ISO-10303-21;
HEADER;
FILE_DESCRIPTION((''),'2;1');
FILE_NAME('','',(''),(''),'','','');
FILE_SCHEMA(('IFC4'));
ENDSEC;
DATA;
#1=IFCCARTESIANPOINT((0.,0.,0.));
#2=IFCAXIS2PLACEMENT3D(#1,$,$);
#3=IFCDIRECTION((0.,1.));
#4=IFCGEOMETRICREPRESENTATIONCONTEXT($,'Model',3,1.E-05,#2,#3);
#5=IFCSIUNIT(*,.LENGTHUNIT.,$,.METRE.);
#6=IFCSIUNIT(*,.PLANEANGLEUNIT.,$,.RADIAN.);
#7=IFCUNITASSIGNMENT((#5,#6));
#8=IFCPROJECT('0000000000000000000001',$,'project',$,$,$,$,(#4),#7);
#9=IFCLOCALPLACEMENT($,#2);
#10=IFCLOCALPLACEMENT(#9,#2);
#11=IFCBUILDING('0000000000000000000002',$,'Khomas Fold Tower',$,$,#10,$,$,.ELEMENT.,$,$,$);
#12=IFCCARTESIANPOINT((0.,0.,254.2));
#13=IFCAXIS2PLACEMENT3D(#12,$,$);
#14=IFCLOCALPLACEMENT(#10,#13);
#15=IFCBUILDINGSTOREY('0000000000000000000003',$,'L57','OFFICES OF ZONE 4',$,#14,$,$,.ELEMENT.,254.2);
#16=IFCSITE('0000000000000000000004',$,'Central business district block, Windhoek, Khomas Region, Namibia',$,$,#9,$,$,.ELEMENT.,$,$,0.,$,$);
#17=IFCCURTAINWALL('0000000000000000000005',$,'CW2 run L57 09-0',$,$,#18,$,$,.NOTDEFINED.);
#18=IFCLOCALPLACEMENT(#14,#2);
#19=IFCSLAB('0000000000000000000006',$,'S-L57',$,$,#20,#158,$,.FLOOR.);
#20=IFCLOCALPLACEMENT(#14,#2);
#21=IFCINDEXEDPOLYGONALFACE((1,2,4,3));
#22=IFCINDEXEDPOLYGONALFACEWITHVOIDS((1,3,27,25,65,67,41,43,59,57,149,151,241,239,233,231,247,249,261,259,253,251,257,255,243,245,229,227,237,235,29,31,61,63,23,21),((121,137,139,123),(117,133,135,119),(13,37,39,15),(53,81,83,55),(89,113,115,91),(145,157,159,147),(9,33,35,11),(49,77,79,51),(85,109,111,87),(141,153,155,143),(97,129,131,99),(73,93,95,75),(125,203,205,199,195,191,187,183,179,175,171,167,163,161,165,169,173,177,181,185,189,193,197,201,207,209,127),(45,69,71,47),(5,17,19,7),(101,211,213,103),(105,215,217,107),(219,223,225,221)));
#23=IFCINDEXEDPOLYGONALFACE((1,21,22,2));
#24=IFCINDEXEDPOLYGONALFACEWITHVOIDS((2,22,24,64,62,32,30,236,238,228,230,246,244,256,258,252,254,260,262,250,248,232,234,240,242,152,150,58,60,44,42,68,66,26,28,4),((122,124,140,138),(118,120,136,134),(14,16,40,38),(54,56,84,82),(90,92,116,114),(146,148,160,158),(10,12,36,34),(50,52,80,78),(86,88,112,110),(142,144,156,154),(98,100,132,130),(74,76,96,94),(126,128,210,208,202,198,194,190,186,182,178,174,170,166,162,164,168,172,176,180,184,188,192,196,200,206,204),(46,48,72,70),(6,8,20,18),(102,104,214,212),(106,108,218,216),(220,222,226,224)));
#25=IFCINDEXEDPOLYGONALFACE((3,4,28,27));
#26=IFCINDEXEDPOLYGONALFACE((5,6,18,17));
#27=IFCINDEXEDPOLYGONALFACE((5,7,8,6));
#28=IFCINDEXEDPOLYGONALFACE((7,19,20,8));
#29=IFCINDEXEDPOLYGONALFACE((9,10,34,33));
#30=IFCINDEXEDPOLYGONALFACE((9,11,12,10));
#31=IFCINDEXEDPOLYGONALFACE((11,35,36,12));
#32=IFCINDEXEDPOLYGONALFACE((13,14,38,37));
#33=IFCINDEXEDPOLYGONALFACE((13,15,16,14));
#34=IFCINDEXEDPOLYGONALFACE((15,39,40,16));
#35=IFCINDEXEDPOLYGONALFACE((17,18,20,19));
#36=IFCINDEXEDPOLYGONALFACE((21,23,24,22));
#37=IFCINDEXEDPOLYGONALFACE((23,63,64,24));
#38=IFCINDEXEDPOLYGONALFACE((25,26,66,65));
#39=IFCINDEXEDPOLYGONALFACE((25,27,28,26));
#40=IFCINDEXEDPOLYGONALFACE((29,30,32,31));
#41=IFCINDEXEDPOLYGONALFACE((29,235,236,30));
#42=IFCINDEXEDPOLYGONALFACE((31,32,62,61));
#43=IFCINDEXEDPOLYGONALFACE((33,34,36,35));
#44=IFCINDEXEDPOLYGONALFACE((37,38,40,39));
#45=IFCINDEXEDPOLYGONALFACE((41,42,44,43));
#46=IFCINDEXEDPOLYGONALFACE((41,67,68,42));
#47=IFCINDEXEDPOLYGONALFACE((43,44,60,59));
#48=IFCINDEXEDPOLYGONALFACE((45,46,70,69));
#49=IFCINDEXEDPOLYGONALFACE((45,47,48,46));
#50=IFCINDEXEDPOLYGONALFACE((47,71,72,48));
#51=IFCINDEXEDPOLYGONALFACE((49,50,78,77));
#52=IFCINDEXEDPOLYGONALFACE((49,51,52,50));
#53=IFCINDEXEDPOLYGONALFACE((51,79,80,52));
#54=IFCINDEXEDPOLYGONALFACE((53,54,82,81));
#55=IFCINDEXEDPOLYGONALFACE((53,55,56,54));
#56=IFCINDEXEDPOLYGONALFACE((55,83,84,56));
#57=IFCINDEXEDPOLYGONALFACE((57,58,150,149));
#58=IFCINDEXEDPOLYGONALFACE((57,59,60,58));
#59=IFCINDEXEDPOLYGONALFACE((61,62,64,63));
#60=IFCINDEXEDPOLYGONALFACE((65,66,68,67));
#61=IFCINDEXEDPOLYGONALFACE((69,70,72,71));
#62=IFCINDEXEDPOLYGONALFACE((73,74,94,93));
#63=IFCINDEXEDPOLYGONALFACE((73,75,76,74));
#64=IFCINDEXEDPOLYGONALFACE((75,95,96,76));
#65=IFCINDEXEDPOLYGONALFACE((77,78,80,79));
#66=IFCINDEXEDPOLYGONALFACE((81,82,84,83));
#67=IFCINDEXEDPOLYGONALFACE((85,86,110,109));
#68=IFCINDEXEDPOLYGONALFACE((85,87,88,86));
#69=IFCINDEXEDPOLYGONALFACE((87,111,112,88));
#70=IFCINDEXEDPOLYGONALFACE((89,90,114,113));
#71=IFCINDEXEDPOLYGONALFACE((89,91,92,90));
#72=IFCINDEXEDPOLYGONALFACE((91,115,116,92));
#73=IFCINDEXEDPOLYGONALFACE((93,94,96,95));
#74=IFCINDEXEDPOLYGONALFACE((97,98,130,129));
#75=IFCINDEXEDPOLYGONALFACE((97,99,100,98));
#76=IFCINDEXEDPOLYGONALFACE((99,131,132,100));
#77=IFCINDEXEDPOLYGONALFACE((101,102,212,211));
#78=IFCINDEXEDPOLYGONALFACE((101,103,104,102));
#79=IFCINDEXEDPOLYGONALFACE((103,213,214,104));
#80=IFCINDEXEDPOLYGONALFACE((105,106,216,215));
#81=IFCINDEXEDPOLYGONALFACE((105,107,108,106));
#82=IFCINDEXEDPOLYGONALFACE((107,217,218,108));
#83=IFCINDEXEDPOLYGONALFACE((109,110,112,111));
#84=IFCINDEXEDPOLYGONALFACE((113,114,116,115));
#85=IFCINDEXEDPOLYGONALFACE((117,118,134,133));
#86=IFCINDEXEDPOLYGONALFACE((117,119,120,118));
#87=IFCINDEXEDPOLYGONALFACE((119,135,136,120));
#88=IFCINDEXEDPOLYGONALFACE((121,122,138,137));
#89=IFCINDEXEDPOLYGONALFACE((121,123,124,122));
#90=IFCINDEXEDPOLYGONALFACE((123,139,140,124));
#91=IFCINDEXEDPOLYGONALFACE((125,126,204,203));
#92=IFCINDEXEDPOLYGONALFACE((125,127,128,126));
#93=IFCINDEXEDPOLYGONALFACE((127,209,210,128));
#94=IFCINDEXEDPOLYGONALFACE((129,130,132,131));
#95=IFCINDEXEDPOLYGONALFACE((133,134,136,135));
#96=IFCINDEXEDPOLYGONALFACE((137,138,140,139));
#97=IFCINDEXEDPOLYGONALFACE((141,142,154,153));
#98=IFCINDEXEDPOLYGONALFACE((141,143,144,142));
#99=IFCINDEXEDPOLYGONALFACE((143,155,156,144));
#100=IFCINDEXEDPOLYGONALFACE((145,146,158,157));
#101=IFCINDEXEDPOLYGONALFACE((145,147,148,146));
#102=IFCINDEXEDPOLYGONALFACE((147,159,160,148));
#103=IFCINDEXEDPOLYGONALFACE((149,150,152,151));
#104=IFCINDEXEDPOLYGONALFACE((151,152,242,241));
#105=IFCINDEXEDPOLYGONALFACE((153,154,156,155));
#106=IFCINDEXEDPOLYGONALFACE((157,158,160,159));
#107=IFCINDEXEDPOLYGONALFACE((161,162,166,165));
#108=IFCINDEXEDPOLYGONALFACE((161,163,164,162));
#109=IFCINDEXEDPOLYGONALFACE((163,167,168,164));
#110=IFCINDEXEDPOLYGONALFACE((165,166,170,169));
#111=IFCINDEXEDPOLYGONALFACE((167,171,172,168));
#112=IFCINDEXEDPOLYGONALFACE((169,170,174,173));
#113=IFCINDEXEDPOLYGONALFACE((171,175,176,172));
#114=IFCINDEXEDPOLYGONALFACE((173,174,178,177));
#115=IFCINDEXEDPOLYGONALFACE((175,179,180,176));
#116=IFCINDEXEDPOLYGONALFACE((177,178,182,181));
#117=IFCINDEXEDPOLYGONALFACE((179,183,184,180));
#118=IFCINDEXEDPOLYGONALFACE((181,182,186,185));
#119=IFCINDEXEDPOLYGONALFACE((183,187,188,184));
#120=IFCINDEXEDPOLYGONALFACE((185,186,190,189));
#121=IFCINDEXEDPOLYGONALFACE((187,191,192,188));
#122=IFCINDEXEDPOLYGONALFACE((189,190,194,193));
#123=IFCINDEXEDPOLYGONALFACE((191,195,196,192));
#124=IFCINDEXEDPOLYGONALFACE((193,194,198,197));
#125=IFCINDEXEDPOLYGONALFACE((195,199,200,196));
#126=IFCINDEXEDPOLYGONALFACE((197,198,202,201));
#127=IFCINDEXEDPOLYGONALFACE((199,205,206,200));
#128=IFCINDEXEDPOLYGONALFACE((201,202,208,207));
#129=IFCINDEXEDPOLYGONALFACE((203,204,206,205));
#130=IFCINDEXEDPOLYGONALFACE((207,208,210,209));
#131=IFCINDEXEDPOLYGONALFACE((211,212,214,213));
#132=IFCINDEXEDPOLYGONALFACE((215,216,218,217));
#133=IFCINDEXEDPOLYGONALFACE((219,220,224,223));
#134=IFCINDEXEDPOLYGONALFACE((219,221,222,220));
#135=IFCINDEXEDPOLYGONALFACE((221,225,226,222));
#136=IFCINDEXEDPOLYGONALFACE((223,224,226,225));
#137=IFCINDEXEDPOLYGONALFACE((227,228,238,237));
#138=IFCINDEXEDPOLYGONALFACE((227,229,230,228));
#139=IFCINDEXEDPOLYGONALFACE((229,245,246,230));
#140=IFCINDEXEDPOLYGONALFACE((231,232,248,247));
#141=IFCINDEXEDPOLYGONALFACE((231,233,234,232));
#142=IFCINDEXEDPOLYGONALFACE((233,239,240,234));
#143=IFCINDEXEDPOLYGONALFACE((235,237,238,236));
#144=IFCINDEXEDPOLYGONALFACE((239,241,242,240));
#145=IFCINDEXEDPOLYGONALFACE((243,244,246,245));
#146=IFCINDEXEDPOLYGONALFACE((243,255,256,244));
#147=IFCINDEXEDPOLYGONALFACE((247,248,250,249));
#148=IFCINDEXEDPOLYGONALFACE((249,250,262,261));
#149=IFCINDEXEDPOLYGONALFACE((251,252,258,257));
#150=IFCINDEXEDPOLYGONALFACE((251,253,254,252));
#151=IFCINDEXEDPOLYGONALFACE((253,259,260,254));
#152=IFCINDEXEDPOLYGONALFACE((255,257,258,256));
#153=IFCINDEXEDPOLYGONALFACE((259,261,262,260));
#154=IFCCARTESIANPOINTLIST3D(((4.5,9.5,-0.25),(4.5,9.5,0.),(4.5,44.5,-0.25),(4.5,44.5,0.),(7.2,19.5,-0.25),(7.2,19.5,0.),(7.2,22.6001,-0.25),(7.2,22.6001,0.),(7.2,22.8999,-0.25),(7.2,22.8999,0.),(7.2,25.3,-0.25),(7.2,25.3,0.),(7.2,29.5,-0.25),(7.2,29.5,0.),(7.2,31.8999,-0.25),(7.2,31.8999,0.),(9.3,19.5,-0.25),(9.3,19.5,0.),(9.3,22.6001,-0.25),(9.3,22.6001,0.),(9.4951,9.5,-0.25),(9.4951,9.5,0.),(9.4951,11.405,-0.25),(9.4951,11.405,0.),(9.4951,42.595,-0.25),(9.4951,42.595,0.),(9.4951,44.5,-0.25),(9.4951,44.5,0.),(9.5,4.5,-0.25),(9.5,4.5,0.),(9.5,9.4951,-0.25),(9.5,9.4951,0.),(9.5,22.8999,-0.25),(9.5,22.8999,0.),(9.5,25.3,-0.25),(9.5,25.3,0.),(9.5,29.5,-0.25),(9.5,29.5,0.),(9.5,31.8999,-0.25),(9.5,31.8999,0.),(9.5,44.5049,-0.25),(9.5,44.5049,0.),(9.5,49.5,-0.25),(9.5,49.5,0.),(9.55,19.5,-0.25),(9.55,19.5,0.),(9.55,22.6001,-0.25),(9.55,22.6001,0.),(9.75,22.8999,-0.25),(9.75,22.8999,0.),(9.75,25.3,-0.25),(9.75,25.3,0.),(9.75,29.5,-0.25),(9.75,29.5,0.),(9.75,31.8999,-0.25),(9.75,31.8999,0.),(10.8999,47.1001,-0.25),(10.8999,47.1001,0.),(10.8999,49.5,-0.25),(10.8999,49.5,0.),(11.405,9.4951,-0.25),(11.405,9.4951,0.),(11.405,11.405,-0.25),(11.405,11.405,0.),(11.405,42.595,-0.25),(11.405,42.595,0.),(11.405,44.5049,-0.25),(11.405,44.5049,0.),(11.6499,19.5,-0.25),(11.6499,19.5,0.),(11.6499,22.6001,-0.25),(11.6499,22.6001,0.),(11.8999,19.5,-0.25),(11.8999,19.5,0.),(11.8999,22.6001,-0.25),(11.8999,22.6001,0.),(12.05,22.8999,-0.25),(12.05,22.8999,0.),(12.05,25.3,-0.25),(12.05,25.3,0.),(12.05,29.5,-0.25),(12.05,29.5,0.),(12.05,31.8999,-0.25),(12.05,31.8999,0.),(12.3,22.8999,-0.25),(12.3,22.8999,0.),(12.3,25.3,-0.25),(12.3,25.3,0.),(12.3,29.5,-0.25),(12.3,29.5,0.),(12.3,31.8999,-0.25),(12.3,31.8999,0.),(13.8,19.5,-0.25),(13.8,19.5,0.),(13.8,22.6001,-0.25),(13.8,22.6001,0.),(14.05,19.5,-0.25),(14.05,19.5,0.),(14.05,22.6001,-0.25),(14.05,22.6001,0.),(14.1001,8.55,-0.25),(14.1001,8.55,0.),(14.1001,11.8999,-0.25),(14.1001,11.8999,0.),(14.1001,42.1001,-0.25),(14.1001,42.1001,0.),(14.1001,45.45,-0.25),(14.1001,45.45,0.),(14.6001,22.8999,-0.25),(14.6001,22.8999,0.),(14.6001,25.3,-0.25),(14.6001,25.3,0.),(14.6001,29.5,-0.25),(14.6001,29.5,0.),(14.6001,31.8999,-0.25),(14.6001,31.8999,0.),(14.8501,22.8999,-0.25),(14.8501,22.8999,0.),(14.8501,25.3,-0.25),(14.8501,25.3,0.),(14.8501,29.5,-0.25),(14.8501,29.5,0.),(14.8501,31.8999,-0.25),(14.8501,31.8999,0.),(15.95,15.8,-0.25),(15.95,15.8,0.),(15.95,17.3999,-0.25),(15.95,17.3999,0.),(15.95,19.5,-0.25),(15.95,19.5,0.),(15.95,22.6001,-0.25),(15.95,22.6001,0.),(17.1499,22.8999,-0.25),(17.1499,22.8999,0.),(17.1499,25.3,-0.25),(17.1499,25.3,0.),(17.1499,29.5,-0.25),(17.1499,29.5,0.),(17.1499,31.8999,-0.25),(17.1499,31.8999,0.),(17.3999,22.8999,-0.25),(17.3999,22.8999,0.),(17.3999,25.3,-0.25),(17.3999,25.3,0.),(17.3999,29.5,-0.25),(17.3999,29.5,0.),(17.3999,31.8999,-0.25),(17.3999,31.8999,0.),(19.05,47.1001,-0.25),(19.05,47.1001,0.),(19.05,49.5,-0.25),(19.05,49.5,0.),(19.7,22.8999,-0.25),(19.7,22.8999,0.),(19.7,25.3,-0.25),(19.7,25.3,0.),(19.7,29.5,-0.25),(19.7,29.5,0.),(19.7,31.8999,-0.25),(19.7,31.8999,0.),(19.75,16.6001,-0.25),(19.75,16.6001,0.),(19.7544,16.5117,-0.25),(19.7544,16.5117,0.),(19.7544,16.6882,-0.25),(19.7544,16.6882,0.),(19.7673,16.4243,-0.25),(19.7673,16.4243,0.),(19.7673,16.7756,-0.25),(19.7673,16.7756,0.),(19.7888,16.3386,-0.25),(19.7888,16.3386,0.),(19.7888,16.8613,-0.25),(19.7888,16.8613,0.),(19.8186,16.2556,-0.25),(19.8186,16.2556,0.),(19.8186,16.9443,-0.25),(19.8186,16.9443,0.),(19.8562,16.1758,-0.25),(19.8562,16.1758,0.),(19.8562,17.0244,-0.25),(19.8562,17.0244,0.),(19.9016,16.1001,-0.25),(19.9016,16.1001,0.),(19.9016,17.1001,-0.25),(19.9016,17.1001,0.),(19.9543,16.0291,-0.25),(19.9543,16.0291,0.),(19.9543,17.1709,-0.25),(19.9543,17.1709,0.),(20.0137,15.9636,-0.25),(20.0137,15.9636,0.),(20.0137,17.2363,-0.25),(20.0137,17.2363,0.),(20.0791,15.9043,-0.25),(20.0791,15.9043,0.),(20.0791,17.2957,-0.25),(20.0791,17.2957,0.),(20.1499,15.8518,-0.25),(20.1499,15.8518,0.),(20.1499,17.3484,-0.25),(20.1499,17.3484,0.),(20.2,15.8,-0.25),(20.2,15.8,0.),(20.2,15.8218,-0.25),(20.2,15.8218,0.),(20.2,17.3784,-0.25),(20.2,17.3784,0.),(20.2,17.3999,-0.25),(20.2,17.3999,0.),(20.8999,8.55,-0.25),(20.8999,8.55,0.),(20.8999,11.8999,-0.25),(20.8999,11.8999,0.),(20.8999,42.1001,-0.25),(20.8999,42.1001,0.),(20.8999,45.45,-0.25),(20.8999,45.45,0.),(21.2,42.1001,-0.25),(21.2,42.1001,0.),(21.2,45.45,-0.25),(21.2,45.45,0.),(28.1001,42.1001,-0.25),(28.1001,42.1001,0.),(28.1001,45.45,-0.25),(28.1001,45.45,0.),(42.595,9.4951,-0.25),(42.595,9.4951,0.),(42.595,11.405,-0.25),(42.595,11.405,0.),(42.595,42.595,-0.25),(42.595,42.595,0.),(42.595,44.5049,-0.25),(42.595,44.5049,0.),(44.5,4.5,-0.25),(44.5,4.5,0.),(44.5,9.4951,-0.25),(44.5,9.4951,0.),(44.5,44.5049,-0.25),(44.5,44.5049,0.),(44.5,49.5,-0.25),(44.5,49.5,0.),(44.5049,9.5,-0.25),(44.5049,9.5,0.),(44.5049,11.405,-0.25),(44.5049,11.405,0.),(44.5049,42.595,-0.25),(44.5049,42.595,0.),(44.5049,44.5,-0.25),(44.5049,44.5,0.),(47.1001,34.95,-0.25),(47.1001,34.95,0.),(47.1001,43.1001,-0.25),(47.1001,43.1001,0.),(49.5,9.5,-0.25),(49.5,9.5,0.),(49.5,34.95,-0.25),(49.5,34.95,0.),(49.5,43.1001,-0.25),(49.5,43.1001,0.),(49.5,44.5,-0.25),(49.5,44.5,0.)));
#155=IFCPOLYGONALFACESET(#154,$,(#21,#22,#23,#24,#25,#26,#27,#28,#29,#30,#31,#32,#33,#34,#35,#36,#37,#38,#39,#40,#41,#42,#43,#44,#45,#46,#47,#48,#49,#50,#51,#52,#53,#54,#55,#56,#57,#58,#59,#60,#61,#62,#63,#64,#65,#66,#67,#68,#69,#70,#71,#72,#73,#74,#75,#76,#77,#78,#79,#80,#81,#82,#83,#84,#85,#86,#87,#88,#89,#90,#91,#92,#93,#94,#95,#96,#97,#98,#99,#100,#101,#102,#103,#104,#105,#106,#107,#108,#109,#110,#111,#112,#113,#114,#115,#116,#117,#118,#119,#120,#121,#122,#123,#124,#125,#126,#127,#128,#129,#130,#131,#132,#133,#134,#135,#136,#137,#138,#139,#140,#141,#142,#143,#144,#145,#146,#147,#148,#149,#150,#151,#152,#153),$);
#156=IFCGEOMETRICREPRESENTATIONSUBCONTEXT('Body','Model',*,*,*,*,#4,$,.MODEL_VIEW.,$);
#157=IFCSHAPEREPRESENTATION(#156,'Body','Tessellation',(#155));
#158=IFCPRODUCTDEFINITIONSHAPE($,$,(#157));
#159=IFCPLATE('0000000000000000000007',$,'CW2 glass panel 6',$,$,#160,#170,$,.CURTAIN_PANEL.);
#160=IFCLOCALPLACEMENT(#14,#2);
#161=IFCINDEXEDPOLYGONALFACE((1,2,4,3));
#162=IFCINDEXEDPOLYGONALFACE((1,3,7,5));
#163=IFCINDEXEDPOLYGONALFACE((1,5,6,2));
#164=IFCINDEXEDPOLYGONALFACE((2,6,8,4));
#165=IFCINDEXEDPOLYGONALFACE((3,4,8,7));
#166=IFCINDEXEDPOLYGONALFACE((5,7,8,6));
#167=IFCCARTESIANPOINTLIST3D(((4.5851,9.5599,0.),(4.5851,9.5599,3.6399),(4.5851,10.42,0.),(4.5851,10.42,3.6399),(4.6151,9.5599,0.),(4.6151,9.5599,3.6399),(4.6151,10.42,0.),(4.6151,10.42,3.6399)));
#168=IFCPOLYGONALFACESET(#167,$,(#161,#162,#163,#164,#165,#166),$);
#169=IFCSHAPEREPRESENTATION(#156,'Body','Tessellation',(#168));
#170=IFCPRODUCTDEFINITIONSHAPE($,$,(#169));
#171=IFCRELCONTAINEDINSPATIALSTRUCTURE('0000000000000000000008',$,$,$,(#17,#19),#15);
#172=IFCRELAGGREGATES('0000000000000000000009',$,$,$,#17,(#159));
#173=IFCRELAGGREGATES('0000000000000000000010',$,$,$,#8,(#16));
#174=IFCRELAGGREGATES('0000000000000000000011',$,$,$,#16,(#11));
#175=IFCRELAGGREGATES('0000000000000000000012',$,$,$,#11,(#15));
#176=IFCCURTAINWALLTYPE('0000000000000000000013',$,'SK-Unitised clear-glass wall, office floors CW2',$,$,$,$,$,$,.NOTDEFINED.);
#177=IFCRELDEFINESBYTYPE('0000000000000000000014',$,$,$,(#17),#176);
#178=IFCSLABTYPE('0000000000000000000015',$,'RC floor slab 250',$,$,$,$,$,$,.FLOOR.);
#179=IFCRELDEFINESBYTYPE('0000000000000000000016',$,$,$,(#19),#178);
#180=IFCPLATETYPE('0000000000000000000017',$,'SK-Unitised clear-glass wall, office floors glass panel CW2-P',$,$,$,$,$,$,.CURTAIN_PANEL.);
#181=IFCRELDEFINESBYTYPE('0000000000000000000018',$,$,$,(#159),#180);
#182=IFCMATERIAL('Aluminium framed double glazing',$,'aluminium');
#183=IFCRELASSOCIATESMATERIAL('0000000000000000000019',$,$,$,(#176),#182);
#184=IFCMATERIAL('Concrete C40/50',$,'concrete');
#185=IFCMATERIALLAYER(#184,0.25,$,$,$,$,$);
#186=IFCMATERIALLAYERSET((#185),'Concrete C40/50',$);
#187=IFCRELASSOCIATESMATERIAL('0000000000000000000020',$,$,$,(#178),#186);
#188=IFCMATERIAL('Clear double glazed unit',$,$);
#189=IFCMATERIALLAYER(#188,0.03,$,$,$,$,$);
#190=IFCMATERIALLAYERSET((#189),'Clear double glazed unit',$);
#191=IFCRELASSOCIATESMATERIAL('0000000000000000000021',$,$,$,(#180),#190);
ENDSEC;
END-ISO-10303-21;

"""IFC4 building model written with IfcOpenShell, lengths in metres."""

from ifc_helpers import new_model, si_unit, direction, frame, origin, origin_2d, place, context, subcontext, project, spatial, polyline, rectangle, outline, extrude, source, transform, mapped, material, layer, layer_set, type_object, element, aggregate, save


model = new_model("IFC4")

# Units and contexts
model_context = context("Model", 3, precision=1e-05, world=origin(), true_north=direction((0.0, 1.0)))
body_context = subcontext(model_context, "Body", "Model", "MODEL_VIEW")
ifc_project = project(units=[si_unit("LENGTHUNIT", "METRE"), si_unit("PLANEANGLEUNIT", "RADIAN")], contexts=[model_context])

# Site, building, storey
site_placement = place(None, origin())
site = spatial("IfcSite", under=ifc_project, at=site_placement, Name="Central business district block, Windhoek, Khomas Region, Namibia", CompositionType="ELEMENT", RefElevation=0.0)
building_placement = place(site_placement, origin())
building = spatial("IfcBuilding", under=site, at=building_placement, Name="Khomas Fold Tower", CompositionType="ELEMENT")
storey_placement = place(building_placement, frame((0.0, 0.0, 254.2)))
storey = spatial("IfcBuildingStorey", under=building, at=storey_placement, Name="L57", Description="OFFICES OF ZONE 4", CompositionType="ELEMENT", Elevation=254.2)

# Curtain wall
ifc_material_1 = material(Name="Aluminium framed double glazing", Category="aluminium")
curtain_wall_type = type_object("IfcCurtainWallType", Name="SK-Unitised clear-glass wall, office floors CW2", PredefinedType="NOTDEFINED", material=ifc_material_1)
curtain_wall_1_placement = place(storey_placement, origin())
curtain_wall_1 = element("IfcCurtainWall", 1, at=curtain_wall_1_placement, inside=storey, type_object=curtain_wall_type, Name="CW2 run L57 09-0", PredefinedType="NOTDEFINED")

# Slab
ifc_material_2 = material(Name="Concrete C40/50", Category="concrete")
ifc_layer_1 = layer(ifc_material_2, 0.25)
ifc_layer_set_1 = layer_set([ifc_layer_1], Name="Concrete C40/50")
slab_type_1 = type_object("IfcSlabType", Name="RC floor slab 250", PredefinedType="FLOOR", material=ifc_layer_set_1)
shared_shape_1 = source(origin(), body_context, "Body", "SweptSolid", [
    extrude(outline(polyline([(4.5, 9.5), (9.4951, 9.5), (9.4951, 11.405), (11.405, 11.405), (11.405, 9.4951), (9.5, 9.4951), (9.5, 4.5), (44.5, 4.5), (44.5, 9.4951), (42.595, 9.4951), (42.595, 11.405), (44.5049, 11.405), (44.5049, 9.5), (49.5, 9.5), (49.5, 34.95), (47.1001, 34.95), (47.1001, 43.1001), (49.5, 43.1001), (49.5, 44.5), (44.5049, 44.5), (44.5049, 42.595), (42.595, 42.595), (42.595, 44.5049), (44.5, 44.5049), (44.5, 49.5), (19.05, 49.5), (19.05, 47.1001), (10.8999, 47.1001), (10.8999, 49.5), (9.5, 49.5), (9.5, 44.5049), (11.405, 44.5049), (11.405, 42.595), (9.4951, 42.595), (9.4951, 44.5), (4.5, 44.5), (4.5, 9.5)]), holes=[polyline([(7.2, 19.5), (7.2, 22.6001), (9.3, 22.6001), (9.3, 19.5), (7.2, 19.5)]), polyline([(7.2, 22.8999), (7.2, 25.3), (9.5, 25.3), (9.5, 22.8999), (7.2, 22.8999)]), polyline([(7.2, 29.5), (7.2, 31.8999), (9.5, 31.8999), (9.5, 29.5), (7.2, 29.5)]), polyline([(9.55, 19.5), (9.55, 22.6001), (11.6499, 22.6001), (11.6499, 19.5), (9.55, 19.5)]), polyline([(9.75, 22.8999), (9.75, 25.3), (12.05, 25.3), (12.05, 22.8999), (9.75, 22.8999)]), polyline([(9.75, 29.5), (9.75, 31.8999), (12.05, 31.8999), (12.05, 29.5), (9.75, 29.5)]), polyline([(11.8999, 19.5), (11.8999, 22.6001), (13.8, 22.6001), (13.8, 19.5), (11.8999, 19.5)]), polyline([(12.3, 22.8999), (12.3, 25.3), (14.6001, 25.3), (14.6001, 22.8999), (12.3, 22.8999)]), polyline([(12.3, 29.5), (12.3, 31.8999), (14.6001, 31.8999), (14.6001, 29.5), (12.3, 29.5)]), polyline([(14.05, 19.5), (14.05, 22.6001), (15.95, 22.6001), (15.95, 19.5), (14.05, 19.5)]), polyline([(14.1001, 8.55), (14.1001, 11.8999), (20.8999, 11.8999), (20.8999, 8.55), (14.1001, 8.55)]), polyline([(14.1001, 42.1001), (14.1001, 45.45), (20.8999, 45.45), (20.8999, 42.1001), (14.1001, 42.1001)]), polyline([(14.8501, 22.8999), (14.8501, 25.3), (17.1499, 25.3), (17.1499, 22.8999), (14.8501, 22.8999)]), polyline([(14.8501, 29.5), (14.8501, 31.8999), (17.1499, 31.8999), (17.1499, 29.5), (14.8501, 29.5)]), polyline([(15.95, 15.8), (15.95, 17.3999), (20.2, 17.3999), (20.2, 17.3784), (20.1499, 17.3484), (20.0791, 17.2957), (20.0137, 17.2363), (19.9543, 17.1709), (19.9016, 17.1001), (19.8562, 17.0244), (19.8186, 16.9443), (19.7888, 16.8613), (19.7673, 16.7756), (19.7544, 16.6882), (19.75, 16.6001), (19.7544, 16.5117), (19.7673, 16.4243), (19.7888, 16.3386), (19.8186, 16.2556), (19.8562, 16.1758), (19.9016, 16.1001), (19.9543, 16.0291), (20.0137, 15.9636), (20.0791, 15.9043), (20.1499, 15.8518), (20.2, 15.8218), (20.2, 15.8), (15.95, 15.8)]), polyline([(17.3999, 22.8999), (17.3999, 25.3), (19.7, 25.3), (19.7, 22.8999), (17.3999, 22.8999)]), polyline([(17.3999, 29.5), (17.3999, 31.8999), (19.7, 31.8999), (19.7, 29.5), (17.3999, 29.5)]), polyline([(21.2, 42.1001), (21.2, 45.45), (28.1001, 45.45), (28.1001, 42.1001), (21.2, 42.1001)])]), origin(), (0.0, 0.0, 1.0), 0.25),
])
slab_1_placement = place(storey_placement, frame((0.0, 0.0, -0.25)))
element("IfcSlab", 2, at=slab_1_placement, inside=storey, type_object=slab_type_1, Name="S-L57", PredefinedType="FLOOR", context=body_context, shape_type="MappedRepresentation", body=[
    mapped(shared_shape_1, transform((0.0, 0.0, 0.0))),
])

# Plate
ifc_material_3 = material(Name="Clear double glazed unit")
ifc_layer_2 = layer(ifc_material_3, 0.03)
ifc_layer_set_2 = layer_set([ifc_layer_2], Name="Clear double glazed unit")
plate_type = type_object("IfcPlateType", Name="SK-Unitised clear-glass wall, office floors glass panel CW2-P", PredefinedType="CURTAIN_PANEL", material=ifc_layer_set_2)
shared_shape_2 = source(origin(), body_context, "Body", "SweptSolid", [
    extrude(rectangle(XDim=0.8601, YDim=0.03, at=origin_2d()), origin(), (0.0, 0.0, 1.0), 3.6399),
])
plate_1_placement = place(storey_placement, frame((4.6001, 9.99, 0.0), z_axis=(0.0, 0.0, 1.0), x_axis=(0.0, -1.0, 0.0)))
plate_1 = element("IfcPlate", 3, at=plate_1_placement, type_object=plate_type, Name="CW2 glass panel 6", PredefinedType="CURTAIN_PANEL", context=body_context, shape_type="MappedRepresentation", body=[
    mapped(shared_shape_2, transform((0.0, 0.0, 0.0))),
])
aggregate(curtain_wall_1, [plate_1])

save(model, "model.ifc")
